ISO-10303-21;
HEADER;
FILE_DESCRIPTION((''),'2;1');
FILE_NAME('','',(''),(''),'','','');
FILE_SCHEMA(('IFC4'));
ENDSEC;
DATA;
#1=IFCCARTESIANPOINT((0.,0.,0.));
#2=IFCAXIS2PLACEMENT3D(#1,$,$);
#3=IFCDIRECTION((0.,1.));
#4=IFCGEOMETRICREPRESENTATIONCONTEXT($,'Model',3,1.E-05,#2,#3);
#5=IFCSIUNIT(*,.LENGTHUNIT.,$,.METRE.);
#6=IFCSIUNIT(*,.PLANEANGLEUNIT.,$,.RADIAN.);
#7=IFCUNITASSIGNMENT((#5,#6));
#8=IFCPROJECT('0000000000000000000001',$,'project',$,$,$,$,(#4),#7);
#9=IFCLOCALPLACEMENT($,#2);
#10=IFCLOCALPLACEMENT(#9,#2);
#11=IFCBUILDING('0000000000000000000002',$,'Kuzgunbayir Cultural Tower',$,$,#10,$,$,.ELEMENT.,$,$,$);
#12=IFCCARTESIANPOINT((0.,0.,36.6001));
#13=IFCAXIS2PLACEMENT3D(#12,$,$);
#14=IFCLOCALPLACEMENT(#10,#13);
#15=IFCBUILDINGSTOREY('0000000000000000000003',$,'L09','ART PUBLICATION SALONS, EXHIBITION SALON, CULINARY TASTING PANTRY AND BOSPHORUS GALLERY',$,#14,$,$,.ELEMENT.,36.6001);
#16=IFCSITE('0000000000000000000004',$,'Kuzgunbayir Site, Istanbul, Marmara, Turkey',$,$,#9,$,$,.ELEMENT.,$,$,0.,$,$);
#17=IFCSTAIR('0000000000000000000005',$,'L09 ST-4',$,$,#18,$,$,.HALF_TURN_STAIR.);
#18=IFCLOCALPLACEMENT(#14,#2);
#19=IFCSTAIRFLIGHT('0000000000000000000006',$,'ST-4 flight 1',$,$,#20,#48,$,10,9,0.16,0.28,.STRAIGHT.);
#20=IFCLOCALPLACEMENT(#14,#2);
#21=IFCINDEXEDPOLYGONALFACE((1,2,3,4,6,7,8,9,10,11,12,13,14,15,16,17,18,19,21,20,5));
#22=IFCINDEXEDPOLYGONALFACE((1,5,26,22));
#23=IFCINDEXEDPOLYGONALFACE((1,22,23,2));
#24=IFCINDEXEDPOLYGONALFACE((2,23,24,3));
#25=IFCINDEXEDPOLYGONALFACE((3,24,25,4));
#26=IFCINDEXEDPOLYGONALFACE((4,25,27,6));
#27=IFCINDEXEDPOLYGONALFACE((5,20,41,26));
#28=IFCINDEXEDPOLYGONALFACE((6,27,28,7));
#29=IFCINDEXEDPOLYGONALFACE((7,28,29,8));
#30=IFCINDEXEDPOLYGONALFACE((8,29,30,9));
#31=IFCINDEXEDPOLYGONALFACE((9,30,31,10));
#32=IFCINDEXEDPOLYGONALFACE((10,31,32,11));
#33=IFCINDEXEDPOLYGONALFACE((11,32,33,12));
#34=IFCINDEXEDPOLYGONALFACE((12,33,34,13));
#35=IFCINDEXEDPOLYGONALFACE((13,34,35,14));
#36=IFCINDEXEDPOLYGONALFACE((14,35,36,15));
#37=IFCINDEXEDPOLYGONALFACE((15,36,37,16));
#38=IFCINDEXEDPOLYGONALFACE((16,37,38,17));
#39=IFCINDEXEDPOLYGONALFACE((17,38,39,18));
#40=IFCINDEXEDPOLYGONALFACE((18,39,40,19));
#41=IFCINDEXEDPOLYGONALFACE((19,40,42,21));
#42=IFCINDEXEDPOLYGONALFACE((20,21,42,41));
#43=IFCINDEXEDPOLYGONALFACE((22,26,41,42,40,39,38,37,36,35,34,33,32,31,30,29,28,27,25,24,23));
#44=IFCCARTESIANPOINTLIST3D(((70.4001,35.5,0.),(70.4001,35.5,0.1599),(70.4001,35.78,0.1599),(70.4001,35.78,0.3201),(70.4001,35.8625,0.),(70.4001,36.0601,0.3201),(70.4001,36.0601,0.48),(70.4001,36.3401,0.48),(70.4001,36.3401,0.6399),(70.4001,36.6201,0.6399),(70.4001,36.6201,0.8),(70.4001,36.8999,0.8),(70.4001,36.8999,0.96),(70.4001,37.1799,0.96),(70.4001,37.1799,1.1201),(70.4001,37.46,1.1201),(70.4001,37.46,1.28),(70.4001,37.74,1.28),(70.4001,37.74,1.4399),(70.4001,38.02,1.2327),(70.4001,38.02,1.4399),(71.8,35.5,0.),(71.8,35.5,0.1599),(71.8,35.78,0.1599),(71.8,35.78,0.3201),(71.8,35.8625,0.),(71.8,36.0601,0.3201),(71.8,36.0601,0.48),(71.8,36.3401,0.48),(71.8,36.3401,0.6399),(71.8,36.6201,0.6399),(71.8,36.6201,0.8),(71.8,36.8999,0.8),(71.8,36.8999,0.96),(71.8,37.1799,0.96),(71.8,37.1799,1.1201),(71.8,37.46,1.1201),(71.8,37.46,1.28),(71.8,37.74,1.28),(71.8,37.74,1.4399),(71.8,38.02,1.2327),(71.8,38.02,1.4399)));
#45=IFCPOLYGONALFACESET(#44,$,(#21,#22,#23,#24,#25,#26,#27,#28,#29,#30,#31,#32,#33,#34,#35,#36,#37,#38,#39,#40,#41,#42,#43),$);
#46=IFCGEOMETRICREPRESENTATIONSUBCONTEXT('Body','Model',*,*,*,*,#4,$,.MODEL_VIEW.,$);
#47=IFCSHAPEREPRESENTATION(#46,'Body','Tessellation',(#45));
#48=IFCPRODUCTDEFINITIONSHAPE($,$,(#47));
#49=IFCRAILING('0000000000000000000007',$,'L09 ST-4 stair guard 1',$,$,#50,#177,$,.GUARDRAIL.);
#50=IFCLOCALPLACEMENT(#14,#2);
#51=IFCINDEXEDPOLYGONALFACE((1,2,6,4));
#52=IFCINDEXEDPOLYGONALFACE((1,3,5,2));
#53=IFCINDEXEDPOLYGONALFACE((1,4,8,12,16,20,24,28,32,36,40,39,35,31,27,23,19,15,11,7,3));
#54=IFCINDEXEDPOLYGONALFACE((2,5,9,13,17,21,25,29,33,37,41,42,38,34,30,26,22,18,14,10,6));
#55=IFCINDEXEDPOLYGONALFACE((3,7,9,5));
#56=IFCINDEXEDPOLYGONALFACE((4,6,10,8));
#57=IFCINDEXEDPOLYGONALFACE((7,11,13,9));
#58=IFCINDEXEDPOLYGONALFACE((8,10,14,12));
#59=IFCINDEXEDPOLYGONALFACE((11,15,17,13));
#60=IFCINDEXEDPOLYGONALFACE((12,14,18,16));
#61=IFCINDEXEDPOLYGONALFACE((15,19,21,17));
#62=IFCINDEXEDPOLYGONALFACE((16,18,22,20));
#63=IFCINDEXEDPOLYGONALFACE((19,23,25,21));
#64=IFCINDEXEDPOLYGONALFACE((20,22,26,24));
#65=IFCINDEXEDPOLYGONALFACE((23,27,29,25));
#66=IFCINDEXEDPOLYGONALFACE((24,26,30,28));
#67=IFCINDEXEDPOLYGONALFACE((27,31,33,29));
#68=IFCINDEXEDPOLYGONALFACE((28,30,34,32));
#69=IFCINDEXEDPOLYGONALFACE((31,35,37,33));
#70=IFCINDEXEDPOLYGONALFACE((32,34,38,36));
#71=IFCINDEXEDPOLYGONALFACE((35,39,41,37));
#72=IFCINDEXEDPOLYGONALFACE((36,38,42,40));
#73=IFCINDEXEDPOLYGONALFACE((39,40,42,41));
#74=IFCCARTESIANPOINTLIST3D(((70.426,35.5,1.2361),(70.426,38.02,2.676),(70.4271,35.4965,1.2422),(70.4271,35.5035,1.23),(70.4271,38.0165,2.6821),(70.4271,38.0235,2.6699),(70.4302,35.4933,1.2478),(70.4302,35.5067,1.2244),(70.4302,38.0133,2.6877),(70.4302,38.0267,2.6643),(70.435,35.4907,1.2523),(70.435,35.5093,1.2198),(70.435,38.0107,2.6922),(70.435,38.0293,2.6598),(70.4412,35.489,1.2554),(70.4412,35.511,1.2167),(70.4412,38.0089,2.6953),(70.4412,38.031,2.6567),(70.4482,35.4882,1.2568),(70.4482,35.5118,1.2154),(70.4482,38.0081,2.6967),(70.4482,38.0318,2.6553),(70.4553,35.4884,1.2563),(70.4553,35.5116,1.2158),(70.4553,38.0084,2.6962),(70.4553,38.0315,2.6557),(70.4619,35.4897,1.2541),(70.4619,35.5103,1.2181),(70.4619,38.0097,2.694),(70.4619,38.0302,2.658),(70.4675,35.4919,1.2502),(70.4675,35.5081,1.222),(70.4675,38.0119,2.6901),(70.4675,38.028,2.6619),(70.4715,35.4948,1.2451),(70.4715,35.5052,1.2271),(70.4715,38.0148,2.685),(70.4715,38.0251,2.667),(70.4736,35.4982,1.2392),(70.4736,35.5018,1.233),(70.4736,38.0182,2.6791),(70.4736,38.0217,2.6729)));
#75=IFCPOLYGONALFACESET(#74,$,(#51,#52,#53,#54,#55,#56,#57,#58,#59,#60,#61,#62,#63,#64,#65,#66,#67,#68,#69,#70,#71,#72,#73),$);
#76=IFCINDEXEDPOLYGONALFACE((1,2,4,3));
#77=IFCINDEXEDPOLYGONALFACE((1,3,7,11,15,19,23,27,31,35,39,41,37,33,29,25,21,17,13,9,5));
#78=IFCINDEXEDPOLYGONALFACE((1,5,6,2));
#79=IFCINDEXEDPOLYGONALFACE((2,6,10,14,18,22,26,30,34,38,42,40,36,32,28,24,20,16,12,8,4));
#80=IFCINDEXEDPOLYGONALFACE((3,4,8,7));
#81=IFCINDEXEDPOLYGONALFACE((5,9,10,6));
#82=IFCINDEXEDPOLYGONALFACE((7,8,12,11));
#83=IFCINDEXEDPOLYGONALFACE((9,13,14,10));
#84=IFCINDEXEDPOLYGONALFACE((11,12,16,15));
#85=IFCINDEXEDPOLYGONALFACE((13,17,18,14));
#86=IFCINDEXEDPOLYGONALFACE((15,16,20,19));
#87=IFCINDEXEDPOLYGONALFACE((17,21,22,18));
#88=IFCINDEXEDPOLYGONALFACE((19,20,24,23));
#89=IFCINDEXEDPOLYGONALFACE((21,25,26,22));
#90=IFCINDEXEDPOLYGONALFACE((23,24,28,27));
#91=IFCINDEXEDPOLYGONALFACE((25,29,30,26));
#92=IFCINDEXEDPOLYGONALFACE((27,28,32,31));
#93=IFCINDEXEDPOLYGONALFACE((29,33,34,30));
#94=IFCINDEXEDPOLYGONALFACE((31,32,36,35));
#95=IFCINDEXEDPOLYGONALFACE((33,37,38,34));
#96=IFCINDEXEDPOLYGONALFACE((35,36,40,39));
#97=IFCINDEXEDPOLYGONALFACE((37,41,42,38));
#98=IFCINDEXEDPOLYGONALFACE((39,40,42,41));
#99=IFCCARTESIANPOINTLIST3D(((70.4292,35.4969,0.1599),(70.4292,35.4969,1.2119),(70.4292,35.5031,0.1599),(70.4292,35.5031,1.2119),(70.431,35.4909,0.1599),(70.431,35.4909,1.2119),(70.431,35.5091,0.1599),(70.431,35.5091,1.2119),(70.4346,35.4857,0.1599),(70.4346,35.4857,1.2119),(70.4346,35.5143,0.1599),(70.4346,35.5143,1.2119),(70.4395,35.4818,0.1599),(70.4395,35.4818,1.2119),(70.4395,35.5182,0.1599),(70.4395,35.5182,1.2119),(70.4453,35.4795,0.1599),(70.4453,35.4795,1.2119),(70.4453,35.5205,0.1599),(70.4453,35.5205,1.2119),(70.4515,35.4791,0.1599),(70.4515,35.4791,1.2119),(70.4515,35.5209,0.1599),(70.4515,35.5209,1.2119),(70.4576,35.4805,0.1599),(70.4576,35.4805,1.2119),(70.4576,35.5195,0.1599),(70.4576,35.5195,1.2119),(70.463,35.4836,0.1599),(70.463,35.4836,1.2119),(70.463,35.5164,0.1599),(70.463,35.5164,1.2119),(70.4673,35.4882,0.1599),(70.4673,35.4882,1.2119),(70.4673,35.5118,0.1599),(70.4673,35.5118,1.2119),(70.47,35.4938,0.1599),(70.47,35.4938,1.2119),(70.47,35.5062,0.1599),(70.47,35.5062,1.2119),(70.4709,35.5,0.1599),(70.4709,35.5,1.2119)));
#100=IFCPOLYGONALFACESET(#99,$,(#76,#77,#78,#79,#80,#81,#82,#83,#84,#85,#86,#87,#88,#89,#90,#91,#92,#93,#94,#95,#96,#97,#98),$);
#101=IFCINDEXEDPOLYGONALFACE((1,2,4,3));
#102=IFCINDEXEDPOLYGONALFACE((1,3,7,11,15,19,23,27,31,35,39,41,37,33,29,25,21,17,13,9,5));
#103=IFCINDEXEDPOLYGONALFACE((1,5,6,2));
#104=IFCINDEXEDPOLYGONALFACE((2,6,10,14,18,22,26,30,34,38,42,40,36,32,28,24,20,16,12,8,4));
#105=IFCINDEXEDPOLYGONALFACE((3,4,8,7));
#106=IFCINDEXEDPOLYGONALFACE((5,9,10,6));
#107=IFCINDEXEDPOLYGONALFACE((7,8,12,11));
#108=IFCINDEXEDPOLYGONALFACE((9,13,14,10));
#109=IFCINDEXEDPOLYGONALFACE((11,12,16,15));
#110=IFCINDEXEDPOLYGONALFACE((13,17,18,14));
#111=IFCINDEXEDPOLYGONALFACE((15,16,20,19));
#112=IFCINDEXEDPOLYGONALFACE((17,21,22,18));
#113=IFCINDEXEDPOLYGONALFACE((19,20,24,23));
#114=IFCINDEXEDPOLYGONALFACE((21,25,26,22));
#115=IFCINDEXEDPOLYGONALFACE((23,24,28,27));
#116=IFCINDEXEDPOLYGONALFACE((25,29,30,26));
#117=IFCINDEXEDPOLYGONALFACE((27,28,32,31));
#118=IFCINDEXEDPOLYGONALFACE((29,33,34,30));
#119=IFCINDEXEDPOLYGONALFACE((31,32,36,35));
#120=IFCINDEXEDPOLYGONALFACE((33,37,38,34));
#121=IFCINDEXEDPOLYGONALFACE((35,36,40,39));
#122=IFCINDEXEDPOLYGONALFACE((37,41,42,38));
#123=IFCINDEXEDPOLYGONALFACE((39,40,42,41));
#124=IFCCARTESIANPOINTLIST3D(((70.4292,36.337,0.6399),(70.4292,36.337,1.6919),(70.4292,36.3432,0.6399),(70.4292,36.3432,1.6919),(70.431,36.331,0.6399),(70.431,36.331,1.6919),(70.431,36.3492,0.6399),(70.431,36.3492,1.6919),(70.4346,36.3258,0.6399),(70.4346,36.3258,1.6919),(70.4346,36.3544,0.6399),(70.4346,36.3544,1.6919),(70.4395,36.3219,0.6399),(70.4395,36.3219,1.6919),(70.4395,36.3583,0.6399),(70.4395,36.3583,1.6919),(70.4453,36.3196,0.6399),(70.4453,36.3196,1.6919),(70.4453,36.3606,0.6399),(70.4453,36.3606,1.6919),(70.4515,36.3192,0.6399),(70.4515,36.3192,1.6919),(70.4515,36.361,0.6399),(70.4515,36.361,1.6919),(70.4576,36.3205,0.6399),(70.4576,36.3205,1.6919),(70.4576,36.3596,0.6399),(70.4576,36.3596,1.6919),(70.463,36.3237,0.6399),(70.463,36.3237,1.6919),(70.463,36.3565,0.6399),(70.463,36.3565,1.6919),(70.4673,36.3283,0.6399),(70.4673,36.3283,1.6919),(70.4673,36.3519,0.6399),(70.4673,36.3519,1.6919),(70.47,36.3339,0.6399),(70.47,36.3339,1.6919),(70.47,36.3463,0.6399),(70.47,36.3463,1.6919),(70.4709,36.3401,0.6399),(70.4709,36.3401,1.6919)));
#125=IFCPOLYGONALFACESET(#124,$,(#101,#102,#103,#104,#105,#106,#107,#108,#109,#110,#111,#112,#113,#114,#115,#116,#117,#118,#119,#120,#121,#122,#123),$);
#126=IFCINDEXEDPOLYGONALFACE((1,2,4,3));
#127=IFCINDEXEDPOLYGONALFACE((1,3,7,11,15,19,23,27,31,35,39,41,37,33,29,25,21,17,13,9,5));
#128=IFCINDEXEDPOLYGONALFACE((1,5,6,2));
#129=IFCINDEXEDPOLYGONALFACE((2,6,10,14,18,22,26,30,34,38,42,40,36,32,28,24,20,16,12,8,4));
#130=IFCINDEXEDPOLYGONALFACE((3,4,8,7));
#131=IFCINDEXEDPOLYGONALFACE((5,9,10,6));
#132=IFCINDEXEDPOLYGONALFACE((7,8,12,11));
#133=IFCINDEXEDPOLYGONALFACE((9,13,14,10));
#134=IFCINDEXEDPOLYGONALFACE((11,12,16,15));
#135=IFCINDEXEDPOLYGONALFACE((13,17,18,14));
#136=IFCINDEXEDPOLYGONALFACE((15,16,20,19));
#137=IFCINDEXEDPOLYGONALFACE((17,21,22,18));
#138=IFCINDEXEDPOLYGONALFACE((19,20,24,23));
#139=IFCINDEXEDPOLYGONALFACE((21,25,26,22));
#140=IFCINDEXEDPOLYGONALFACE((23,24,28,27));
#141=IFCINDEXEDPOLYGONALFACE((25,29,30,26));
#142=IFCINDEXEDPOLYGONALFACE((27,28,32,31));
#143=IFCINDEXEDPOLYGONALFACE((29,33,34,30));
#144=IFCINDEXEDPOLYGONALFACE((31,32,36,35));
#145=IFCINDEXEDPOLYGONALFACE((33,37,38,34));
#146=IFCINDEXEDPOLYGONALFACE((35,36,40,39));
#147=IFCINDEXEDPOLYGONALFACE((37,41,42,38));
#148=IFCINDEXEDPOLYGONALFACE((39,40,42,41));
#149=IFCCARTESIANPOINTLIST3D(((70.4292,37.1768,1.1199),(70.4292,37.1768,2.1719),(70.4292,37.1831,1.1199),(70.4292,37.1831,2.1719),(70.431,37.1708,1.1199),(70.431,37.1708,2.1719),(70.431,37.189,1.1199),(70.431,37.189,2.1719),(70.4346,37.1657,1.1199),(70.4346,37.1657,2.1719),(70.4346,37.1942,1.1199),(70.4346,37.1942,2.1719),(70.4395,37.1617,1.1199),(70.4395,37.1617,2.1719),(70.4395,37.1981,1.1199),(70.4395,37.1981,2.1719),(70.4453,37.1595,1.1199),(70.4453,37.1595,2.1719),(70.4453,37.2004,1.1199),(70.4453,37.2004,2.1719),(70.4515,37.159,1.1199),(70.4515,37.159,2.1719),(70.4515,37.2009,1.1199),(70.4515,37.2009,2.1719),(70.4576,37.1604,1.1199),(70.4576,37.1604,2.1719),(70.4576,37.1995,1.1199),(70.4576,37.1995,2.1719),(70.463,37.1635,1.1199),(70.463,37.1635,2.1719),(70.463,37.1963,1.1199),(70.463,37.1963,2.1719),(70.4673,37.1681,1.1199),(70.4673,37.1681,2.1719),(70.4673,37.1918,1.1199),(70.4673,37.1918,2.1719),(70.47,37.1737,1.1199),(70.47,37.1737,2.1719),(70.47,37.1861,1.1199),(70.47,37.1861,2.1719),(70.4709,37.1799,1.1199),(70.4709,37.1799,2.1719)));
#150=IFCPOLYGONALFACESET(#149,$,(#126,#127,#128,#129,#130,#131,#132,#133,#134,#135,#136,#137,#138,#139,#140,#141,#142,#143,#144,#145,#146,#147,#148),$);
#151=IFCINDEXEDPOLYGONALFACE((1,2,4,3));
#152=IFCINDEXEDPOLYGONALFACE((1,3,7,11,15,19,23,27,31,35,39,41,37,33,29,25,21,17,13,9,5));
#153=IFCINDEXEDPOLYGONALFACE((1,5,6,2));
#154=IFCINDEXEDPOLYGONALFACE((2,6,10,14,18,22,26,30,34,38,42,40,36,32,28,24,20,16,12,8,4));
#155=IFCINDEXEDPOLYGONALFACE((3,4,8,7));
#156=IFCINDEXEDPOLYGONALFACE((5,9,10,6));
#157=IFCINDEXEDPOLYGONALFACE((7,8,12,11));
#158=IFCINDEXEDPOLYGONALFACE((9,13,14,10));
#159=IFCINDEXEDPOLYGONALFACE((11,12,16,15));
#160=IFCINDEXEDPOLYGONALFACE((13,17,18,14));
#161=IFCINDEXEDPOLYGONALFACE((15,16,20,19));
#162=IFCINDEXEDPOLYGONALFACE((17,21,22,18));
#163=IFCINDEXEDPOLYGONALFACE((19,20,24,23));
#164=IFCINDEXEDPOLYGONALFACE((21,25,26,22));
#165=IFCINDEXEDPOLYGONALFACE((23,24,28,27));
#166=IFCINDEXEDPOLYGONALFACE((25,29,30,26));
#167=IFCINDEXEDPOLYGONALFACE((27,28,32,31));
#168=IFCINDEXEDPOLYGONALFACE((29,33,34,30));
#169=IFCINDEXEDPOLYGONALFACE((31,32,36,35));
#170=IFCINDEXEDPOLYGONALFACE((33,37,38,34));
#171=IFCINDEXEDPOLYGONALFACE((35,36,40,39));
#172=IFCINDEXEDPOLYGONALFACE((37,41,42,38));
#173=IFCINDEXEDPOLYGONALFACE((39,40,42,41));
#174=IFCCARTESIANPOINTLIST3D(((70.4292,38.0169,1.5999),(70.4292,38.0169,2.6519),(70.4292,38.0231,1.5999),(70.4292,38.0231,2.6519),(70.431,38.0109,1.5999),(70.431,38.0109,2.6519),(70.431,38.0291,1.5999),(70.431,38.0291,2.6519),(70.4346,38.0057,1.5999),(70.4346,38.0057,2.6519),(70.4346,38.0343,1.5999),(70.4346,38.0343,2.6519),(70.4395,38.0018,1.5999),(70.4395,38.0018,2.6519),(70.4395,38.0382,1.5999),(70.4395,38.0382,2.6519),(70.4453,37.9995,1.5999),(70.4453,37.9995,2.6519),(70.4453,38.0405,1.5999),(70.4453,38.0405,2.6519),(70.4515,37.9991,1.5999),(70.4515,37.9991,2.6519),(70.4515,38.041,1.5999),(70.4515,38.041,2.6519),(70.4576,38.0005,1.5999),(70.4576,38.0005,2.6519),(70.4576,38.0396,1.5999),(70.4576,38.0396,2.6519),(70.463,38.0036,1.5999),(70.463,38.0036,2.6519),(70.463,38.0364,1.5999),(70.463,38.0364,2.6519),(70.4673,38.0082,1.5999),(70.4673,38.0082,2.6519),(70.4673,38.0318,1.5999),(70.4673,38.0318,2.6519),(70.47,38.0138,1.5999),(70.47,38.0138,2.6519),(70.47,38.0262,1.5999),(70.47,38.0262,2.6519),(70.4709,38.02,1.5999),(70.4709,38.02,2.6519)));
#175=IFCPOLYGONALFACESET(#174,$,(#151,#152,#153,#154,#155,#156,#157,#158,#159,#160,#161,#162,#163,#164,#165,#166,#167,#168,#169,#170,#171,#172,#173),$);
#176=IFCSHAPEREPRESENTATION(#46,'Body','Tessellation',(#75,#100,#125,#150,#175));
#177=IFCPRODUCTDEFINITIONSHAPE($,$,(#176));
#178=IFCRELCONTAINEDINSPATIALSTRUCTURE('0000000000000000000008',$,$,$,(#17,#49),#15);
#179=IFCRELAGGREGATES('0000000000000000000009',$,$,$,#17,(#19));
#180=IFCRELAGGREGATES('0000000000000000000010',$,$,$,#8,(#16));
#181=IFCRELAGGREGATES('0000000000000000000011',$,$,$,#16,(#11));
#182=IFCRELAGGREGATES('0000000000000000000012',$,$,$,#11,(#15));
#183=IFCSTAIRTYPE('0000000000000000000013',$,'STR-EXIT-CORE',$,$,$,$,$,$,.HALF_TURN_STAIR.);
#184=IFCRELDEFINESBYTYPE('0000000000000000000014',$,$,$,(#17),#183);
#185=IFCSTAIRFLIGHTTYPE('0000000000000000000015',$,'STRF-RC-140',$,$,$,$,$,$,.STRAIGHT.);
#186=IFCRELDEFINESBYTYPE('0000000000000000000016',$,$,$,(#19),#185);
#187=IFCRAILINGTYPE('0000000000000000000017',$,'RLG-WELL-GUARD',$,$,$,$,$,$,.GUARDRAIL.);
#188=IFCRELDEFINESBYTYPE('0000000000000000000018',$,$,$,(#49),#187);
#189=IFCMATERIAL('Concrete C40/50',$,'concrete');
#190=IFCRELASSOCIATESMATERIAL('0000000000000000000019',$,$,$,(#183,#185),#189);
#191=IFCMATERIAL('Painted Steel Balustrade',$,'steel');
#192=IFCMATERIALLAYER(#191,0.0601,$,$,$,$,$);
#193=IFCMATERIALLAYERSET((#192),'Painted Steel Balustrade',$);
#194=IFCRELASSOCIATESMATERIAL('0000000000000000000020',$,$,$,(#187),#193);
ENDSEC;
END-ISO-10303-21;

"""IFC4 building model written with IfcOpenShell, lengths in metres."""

from ifc_helpers import new_model, si_unit, direction, frame, origin, origin_2d, place, context, subcontext, project, spatial, polyline, circle, outline, extrude, material, layer, layer_set, type_object, element, aggregate, save


model = new_model("IFC4")

# Units and contexts
model_context = context("Model", 3, precision=1e-05, world=origin(), true_north=direction((0.0, 1.0)))
body_context = subcontext(model_context, "Body", "Model", "MODEL_VIEW")
ifc_project = project(units=[si_unit("LENGTHUNIT", "METRE"), si_unit("PLANEANGLEUNIT", "RADIAN")], contexts=[model_context])

# Site, building, storey
site_placement = place(None, origin())
site = spatial("IfcSite", under=ifc_project, at=site_placement, Name="Kuzgunbayir Site, Istanbul, Marmara, Turkey", CompositionType="ELEMENT", RefElevation=0.0)
building_placement = place(site_placement, origin())
building = spatial("IfcBuilding", under=site, at=building_placement, Name="Kuzgunbayir Cultural Tower", CompositionType="ELEMENT")
storey_placement = place(building_placement, frame((0.0, 0.0, 36.6001)))
storey = spatial("IfcBuildingStorey", under=building, at=storey_placement, Name="L09", Description="ART PUBLICATION SALONS, EXHIBITION SALON, CULINARY TASTING PANTRY AND BOSPHORUS GALLERY", CompositionType="ELEMENT", Elevation=36.6001)

# Shared definitions
ifc_material_1 = material(Name="Concrete C40/50", Category="concrete")

# Stair, stair flight
stair_type = type_object("IfcStairType", Name="STR-EXIT-CORE", PredefinedType="HALF_TURN_STAIR", material=ifc_material_1)
stair_placement = place(storey_placement, origin())
stair = element("IfcStair", 1, at=stair_placement, inside=storey, type_object=stair_type, Name="L09 ST-4", PredefinedType="HALF_TURN_STAIR")
stair_flight_type = type_object("IfcStairFlightType", Name="STRF-RC-140", PredefinedType="STRAIGHT", material=ifc_material_1)
stair_flight_placement = place(storey_placement, frame((71.1001, 35.5, 0.0), z_axis=(0.0, 0.0, 1.0), x_axis=(0.0, 1.0, 0.0)))
stair_flight = element("IfcStairFlight", 2, at=stair_flight_placement, type_object=stair_flight_type, Name="ST-4 flight 1", NumberOfRisers=10, NumberOfTreads=9, PredefinedType="STRAIGHT", RiserHeight=0.16, TreadLength=0.28, context=body_context, shape_type="SweptSolid", body=[
    extrude(outline(polyline([(0.0, 0.0), (0.0, 0.1599), (0.28, 0.1599), (0.28, 0.3201), (0.5601, 0.3201), (0.5601, 0.48), (0.8401, 0.48), (0.8401, 0.6399), (1.1201, 0.6399), (1.1201, 0.8), (1.3999, 0.8), (1.3999, 0.96), (1.6799, 0.96), (1.6799, 1.1201), (1.96, 1.1201), (1.96, 1.28), (2.24, 1.28), (2.24, 1.4399), (2.52, 1.4399), (2.52, 1.6001), (2.52, 1.2327), (0.3625, 0.0), (0.0, 0.0)])), frame((0.0, 0.7, 0.0), z_axis=(0.0, -1.0, 0.0), x_axis=(1.0, 0.0, 0.0)), (0.0, 0.0, 1.0), 1.3999),
])
aggregate(stair, [stair_flight])

# Railing
ifc_material_2 = material(Name="Painted Steel Balustrade", Category="steel")
ifc_layer_1 = layer(ifc_material_2, 0.0601)
ifc_layer_set_1 = layer_set([ifc_layer_1], Name="Painted Steel Balustrade")
railing_type = type_object("IfcRailingType", Name="RLG-WELL-GUARD", PredefinedType="GUARDRAIL", material=ifc_layer_set_1)
railing_1_placement = place(storey_placement, frame((70.45, 35.5, 0.1599)))
element("IfcRailing", 3, at=railing_1_placement, inside=storey, type_object=railing_type, Name="L09 ST-4 stair guard 1", PredefinedType="GUARDRAIL", context=body_context, shape_type="SweptSolid", body=[
    extrude(circle(Radius=0.0239, at=origin_2d()), frame((0.0, 0.0, 1.0762), z_axis=(0.0, 0.868253, 0.496121), x_axis=(-1.0, 0.0, 0.0)), (0.0, 0.0, 1.0), 2.9023),
    extrude(circle(Radius=0.021, at=origin_2d()), origin(), (0.0, 0.0, 1.0), 1.052),
    extrude(circle(Radius=0.021, at=origin_2d()), frame((0.0, 0.8401, 0.48)), (0.0, 0.0, 1.0), 1.052),
    extrude(circle(Radius=0.021, at=origin_2d()), frame((0.0, 1.6799, 0.96)), (0.0, 0.0, 1.0), 1.052),
    extrude(circle(Radius=0.021, at=origin_2d()), frame((0.0, 2.52, 1.4399)), (0.0, 0.0, 1.0), 1.052),
])

save(model, "model.ifc")
